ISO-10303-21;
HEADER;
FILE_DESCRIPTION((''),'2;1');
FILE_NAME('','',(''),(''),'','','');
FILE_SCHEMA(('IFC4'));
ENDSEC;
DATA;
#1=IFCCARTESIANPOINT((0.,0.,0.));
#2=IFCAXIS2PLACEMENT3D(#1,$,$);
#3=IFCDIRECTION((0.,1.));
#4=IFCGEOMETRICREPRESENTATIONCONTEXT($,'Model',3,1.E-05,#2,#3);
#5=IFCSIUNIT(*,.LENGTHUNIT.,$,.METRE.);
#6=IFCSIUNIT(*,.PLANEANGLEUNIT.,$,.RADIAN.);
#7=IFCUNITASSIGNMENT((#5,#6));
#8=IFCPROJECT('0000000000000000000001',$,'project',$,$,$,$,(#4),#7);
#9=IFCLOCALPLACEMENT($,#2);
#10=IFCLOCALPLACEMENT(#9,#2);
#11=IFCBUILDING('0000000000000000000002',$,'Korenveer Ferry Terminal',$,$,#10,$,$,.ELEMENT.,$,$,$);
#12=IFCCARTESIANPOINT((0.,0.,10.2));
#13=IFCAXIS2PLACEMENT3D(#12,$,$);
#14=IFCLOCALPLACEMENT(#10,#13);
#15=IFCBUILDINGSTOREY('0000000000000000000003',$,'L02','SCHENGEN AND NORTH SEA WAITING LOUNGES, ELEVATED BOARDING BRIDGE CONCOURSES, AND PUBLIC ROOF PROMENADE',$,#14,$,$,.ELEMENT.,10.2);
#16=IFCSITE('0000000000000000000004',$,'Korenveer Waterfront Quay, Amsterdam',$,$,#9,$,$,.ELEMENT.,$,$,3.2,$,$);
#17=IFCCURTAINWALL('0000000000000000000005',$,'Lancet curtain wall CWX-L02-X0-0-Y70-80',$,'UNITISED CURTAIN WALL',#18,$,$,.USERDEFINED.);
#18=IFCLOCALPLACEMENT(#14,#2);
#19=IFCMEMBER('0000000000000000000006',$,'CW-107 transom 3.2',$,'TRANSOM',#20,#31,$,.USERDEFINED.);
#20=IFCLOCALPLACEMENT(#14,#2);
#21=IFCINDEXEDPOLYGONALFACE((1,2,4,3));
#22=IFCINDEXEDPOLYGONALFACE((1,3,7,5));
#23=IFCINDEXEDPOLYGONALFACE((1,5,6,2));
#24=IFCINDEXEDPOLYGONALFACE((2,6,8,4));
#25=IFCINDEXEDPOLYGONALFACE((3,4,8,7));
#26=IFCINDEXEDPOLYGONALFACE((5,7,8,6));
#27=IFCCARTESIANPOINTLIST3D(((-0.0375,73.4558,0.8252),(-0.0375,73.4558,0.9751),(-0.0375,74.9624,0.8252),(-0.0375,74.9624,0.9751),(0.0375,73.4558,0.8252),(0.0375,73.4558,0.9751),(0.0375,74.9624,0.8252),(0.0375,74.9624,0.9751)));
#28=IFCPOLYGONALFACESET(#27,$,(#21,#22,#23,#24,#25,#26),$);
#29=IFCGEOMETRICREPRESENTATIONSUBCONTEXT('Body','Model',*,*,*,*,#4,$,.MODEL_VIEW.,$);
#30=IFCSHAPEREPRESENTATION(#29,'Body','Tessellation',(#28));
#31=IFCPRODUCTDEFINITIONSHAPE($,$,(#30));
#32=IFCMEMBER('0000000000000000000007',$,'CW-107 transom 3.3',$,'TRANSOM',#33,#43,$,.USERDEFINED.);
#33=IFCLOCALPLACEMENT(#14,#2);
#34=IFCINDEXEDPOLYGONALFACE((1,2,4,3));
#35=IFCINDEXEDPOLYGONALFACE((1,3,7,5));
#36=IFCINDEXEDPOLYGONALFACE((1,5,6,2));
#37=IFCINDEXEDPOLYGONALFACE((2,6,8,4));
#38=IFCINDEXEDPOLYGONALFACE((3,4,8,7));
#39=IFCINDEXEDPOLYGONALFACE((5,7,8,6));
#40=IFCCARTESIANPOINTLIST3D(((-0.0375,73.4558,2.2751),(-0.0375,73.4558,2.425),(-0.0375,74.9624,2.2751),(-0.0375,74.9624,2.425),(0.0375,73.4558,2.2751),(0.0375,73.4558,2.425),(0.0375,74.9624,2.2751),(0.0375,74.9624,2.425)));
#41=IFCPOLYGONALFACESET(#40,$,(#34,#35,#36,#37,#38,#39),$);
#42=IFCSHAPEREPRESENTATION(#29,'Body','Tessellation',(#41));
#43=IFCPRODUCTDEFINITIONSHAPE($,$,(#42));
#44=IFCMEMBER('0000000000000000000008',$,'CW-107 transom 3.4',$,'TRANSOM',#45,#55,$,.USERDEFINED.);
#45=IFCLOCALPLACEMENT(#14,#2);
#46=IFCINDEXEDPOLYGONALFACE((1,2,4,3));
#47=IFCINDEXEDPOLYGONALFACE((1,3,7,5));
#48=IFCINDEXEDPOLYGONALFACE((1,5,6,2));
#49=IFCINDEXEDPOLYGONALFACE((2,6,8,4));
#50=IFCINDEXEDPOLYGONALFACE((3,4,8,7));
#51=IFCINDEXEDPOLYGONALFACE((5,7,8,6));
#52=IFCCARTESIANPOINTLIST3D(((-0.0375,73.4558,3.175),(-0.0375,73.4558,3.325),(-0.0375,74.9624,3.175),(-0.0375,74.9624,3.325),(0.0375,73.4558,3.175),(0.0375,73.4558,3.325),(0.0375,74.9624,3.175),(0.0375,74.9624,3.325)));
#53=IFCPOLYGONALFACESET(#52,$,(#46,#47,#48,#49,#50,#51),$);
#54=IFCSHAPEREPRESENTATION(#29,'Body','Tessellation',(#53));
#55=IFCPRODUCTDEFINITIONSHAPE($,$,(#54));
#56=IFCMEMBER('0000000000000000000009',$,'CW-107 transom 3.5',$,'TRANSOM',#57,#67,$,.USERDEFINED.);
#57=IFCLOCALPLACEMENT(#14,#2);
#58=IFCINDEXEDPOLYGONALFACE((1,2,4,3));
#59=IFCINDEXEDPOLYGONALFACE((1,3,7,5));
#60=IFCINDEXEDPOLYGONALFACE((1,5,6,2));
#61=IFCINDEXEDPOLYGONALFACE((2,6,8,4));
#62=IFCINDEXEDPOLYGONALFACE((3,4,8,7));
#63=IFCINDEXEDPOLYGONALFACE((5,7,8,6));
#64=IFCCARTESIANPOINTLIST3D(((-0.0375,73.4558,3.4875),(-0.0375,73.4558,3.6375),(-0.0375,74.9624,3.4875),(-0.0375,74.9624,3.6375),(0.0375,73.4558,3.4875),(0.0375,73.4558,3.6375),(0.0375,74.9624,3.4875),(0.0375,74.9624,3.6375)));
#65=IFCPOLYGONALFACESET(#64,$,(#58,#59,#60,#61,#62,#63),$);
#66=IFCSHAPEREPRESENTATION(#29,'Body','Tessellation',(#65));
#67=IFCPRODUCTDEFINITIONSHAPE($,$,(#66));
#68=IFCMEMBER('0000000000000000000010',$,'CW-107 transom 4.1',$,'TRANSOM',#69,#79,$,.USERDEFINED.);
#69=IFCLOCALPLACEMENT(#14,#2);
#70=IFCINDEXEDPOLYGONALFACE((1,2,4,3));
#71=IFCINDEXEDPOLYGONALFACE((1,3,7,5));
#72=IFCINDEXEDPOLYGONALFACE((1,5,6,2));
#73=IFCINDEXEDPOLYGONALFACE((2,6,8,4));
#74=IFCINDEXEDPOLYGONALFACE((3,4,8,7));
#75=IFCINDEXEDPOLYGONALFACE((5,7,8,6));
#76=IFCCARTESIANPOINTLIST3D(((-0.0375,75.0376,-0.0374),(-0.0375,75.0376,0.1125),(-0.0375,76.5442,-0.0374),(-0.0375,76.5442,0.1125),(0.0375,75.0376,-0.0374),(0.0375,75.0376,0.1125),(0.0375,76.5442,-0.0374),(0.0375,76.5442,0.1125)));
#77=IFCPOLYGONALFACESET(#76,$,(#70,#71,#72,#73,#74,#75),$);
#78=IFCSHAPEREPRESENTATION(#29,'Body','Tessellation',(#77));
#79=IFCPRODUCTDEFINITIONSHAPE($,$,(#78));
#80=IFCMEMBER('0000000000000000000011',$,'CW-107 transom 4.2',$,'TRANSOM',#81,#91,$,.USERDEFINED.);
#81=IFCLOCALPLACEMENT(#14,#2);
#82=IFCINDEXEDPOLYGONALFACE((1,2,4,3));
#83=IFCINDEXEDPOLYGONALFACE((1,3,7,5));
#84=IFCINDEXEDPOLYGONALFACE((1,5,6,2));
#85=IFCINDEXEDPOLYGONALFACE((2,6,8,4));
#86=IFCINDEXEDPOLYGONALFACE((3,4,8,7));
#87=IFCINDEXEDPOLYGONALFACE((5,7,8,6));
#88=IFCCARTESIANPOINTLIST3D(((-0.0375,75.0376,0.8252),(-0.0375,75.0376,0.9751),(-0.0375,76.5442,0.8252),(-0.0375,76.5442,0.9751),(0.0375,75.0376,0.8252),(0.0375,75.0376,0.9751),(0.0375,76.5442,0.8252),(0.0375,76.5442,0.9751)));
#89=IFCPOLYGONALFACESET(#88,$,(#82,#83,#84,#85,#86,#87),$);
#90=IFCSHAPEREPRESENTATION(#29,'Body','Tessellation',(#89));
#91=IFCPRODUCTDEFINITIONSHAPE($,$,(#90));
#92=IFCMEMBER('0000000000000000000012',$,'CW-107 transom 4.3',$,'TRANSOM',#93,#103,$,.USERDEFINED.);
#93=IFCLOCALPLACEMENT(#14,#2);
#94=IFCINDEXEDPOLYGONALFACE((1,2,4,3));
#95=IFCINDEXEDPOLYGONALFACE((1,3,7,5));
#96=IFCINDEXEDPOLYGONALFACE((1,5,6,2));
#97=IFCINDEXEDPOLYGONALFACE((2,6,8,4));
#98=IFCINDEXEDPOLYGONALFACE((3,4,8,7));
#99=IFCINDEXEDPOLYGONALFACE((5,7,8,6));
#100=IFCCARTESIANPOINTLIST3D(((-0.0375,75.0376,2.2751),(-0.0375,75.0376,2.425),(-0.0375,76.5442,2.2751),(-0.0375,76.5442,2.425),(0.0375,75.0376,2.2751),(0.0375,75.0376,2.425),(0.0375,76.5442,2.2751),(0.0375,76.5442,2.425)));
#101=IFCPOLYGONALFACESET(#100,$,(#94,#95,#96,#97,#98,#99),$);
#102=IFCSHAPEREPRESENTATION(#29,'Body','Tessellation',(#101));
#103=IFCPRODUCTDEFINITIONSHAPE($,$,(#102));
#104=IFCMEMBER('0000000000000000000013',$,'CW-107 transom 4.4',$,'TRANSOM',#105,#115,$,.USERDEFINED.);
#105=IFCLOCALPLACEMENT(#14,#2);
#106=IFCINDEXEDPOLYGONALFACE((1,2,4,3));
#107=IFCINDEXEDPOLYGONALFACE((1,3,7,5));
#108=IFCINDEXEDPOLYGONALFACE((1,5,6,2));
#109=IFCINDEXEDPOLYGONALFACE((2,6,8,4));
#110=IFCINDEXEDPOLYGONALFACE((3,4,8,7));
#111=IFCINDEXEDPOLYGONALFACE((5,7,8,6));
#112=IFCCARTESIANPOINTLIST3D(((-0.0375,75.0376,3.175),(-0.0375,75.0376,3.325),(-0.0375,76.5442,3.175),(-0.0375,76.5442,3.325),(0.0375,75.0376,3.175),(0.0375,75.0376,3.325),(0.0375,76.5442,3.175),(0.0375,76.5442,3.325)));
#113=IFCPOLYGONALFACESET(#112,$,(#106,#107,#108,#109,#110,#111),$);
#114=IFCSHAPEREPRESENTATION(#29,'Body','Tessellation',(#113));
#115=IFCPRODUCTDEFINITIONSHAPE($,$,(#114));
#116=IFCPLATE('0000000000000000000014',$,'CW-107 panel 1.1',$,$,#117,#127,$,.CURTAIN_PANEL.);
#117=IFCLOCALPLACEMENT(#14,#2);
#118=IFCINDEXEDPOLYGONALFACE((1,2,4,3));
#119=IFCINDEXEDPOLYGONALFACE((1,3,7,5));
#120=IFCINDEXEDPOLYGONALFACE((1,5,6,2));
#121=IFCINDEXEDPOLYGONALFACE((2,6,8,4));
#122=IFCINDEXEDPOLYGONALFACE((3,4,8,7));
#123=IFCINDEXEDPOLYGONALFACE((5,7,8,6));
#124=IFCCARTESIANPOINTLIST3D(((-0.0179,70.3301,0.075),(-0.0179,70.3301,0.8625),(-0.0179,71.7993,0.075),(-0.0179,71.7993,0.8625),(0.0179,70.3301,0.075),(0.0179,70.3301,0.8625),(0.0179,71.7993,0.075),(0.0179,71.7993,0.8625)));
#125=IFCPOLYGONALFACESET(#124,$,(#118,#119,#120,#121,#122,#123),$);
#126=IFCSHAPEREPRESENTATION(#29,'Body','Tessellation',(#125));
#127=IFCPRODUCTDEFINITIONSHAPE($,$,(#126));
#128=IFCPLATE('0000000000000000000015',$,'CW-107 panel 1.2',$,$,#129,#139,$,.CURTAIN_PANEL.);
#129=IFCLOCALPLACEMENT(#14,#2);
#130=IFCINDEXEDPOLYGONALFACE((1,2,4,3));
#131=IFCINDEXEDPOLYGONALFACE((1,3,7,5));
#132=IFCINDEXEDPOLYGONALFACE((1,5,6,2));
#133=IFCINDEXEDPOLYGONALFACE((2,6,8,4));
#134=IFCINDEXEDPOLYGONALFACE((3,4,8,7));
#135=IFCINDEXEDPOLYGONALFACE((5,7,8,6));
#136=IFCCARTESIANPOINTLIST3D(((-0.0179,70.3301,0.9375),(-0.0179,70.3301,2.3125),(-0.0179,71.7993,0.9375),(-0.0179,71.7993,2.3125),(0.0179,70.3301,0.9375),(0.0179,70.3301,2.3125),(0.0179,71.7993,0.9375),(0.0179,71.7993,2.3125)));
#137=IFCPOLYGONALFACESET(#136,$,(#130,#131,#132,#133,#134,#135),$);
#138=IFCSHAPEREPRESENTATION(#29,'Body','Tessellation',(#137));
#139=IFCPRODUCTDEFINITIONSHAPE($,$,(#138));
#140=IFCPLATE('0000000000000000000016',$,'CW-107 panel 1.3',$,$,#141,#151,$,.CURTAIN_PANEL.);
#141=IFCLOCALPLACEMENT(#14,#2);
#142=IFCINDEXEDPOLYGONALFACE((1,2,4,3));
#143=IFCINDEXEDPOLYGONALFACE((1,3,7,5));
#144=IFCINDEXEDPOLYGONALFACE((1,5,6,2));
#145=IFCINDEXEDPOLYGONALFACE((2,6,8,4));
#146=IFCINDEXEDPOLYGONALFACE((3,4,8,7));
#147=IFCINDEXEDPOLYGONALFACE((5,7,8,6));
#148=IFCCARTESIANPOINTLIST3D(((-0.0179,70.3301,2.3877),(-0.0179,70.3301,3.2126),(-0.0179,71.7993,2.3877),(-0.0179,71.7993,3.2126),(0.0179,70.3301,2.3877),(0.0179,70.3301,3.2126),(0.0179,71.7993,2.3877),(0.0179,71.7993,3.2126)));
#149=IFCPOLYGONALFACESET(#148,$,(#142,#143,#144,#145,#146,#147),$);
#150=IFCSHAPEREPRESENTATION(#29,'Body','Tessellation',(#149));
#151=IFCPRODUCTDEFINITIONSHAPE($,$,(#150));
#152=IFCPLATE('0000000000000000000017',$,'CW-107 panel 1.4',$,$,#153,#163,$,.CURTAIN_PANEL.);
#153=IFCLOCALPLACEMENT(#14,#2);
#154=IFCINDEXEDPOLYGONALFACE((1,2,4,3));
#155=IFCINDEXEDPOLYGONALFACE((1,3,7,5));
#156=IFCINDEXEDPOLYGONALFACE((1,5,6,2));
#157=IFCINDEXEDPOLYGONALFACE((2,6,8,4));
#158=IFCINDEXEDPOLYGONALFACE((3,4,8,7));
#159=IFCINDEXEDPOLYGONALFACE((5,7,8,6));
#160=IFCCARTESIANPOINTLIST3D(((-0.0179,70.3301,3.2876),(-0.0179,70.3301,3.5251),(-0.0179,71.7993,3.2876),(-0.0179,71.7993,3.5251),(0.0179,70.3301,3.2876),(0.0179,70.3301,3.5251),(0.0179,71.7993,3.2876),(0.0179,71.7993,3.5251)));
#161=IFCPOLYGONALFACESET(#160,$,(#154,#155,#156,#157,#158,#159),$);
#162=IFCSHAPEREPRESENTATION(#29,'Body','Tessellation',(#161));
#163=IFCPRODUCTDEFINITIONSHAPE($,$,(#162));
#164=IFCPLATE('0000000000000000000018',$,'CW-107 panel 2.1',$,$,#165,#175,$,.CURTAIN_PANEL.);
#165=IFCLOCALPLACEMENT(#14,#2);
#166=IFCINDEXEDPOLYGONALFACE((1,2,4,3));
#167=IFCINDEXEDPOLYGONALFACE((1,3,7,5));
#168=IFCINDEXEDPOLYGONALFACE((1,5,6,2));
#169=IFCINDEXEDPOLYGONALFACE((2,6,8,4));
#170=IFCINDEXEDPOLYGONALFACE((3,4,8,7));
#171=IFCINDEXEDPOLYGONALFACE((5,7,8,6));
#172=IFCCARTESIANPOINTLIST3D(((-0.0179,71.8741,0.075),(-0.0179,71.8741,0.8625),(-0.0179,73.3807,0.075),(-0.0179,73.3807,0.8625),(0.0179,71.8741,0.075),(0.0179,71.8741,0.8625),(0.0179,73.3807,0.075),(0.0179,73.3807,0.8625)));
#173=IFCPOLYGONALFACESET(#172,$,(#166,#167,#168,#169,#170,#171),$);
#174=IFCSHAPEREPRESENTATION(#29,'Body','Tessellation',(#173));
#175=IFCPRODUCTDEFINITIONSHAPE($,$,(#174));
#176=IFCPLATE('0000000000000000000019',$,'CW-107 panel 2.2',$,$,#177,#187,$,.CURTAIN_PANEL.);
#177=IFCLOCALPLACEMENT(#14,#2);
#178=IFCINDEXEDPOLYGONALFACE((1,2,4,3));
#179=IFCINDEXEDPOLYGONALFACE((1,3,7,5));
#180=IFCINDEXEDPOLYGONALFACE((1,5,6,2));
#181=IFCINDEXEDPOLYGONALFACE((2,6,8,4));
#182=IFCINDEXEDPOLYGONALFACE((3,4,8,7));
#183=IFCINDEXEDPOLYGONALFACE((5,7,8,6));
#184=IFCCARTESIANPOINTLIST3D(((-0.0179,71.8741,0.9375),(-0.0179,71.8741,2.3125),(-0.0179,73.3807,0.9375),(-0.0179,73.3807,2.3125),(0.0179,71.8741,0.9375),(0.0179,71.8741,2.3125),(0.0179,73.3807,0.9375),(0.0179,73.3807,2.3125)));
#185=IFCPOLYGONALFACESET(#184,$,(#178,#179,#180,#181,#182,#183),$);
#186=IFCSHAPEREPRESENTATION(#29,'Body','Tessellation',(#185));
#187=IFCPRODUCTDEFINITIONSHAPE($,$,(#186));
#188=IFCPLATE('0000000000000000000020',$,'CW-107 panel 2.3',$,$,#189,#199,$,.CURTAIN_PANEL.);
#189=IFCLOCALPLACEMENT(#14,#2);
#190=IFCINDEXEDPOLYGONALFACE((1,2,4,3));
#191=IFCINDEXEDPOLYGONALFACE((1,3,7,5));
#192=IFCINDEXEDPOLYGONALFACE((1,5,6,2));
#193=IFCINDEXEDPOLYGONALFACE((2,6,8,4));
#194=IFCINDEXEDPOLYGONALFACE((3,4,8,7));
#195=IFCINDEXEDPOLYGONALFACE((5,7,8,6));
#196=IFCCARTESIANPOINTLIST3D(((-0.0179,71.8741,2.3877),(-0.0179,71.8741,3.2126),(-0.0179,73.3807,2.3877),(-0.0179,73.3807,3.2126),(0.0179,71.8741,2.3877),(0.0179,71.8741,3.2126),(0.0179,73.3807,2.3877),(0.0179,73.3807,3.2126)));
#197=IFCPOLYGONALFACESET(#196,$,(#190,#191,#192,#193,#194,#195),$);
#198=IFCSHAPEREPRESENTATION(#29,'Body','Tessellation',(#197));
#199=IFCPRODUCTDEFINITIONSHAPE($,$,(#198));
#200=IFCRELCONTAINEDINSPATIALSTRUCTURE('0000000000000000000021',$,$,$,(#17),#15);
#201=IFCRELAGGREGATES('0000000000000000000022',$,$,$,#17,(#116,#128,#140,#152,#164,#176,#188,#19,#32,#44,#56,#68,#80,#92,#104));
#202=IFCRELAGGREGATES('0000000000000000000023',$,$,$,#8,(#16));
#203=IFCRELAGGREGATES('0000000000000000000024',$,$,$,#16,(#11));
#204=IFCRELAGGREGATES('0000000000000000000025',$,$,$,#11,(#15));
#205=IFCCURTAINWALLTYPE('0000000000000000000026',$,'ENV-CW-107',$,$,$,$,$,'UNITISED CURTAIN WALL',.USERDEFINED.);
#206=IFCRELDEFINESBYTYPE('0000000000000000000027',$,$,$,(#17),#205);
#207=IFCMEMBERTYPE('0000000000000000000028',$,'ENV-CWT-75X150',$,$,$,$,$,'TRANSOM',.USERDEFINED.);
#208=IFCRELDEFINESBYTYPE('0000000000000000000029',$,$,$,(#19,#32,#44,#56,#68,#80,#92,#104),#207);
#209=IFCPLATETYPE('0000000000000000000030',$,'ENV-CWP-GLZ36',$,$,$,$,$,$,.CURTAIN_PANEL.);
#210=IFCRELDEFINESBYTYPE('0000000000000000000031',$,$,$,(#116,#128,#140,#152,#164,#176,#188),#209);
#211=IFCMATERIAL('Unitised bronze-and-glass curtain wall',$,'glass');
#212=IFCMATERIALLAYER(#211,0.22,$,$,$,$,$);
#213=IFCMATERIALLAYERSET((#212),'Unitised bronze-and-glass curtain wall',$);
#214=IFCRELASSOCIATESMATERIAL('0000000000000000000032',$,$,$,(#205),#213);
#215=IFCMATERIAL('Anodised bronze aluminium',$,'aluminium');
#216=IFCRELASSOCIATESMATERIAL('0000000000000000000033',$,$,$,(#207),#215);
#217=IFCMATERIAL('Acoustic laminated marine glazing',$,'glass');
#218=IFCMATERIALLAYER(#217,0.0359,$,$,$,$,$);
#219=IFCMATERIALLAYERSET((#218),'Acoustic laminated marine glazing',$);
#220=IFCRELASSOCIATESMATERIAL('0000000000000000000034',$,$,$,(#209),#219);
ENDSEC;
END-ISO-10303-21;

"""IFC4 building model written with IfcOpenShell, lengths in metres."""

from ifc_helpers import new_model, si_unit, direction, frame, origin, origin_2d, place, context, subcontext, project, spatial, rectangle, extrude, material, layer, layer_set, material_profile, profile_set, type_object, element, aggregate, save


model = new_model("IFC4")

# Units and contexts
model_context = context("Model", 3, precision=1e-05, world=origin(), true_north=direction((0.0, 1.0)))
body_context = subcontext(model_context, "Body", "Model", "MODEL_VIEW")
ifc_project = project(units=[si_unit("LENGTHUNIT", "METRE"), si_unit("PLANEANGLEUNIT", "RADIAN")], contexts=[model_context])

# Site, building, storey
site_placement = place(None, origin())
site = spatial("IfcSite", under=ifc_project, at=site_placement, Name="Korenveer Waterfront Quay, Amsterdam", CompositionType="ELEMENT", RefElevation=3.2)
building_placement = place(site_placement, origin())
building = spatial("IfcBuilding", under=site, at=building_placement, Name="Korenveer Ferry Terminal", CompositionType="ELEMENT")
storey_placement = place(building_placement, frame((0.0, 0.0, 10.2)))
storey = spatial("IfcBuildingStorey", under=building, at=storey_placement, Name="L02", Description="SCHENGEN AND NORTH SEA WAITING LOUNGES, ELEVATED BOARDING BRIDGE CONCOURSES, AND PUBLIC ROOF PROMENADE", CompositionType="ELEMENT", Elevation=10.2)

# Curtain wall, members, plates
ifc_material_1 = material(Name="Unitised bronze-and-glass curtain wall", Category="glass")
ifc_layer_1 = layer(ifc_material_1, 0.22)
ifc_layer_set_1 = layer_set([ifc_layer_1], Name="Unitised bronze-and-glass curtain wall")
curtain_wall_type = type_object("IfcCurtainWallType", Name="ENV-CW-107", ElementType="UNITISED CURTAIN WALL", PredefinedType="USERDEFINED", material=ifc_layer_set_1)
curtain_wall_placement = place(storey_placement, frame((0.0, 70.2549, 0.0)))
curtain_wall = element("IfcCurtainWall", 1, at=curtain_wall_placement, inside=storey, type_object=curtain_wall_type, Name="Lancet curtain wall CWX-L02-X0-0-Y70-80", ObjectType="UNITISED CURTAIN WALL", PredefinedType="USERDEFINED")
ifc_material_2 = material(Name="Anodised bronze aluminium", Category="aluminium")
ifc_material_profile_1 = material_profile(ifc_material_2, rectangle(XDim=0.075, YDim=0.1499, at=origin_2d()), Name="ALU 75x150")
ifc_profile_set_1 = profile_set([ifc_material_profile_1], Name="Anodised bronze aluminium")
member_type_1 = type_object("IfcMemberType", Name="ENV-CWT-75X150", ElementType="TRANSOM", PredefinedType="USERDEFINED", material=ifc_profile_set_1)
member_1_placement = place(storey_placement, frame((0.0, 73.4558, 0.9001), z_axis=(0.0, 1.0, 0.0), x_axis=(-1.0, 0.0, 0.0)))
member_1 = element("IfcMember", 2, at=member_1_placement, type_object=member_type_1, Name="CW-107 transom 3.2", ObjectType="TRANSOM", PredefinedType="USERDEFINED", context=body_context, shape_type="SweptSolid", body=[
    extrude(rectangle(XDim=0.075, YDim=0.1499, at=origin_2d()), origin(), (0.0, 0.0, 1.0), 1.5066),
])
member_2_placement = place(storey_placement, frame((0.0, 73.4558, 2.3501), z_axis=(0.0, 1.0, 0.0), x_axis=(-1.0, 0.0, 0.0)))
member_2 = element("IfcMember", 3, at=member_2_placement, type_object=member_type_1, Name="CW-107 transom 3.3", ObjectType="TRANSOM", PredefinedType="USERDEFINED", context=body_context, shape_type="SweptSolid", body=[
    extrude(rectangle(XDim=0.075, YDim=0.1499, at=origin_2d()), origin(), (0.0, 0.0, 1.0), 1.5066),
])
member_3_placement = place(storey_placement, frame((0.0, 73.4558, 3.25), z_axis=(0.0, 1.0, 0.0), x_axis=(-1.0, 0.0, 0.0)))
member_3 = element("IfcMember", 4, at=member_3_placement, type_object=member_type_1, Name="CW-107 transom 3.4", ObjectType="TRANSOM", PredefinedType="USERDEFINED", context=body_context, shape_type="SweptSolid", body=[
    extrude(rectangle(XDim=0.075, YDim=0.1499, at=origin_2d()), origin(), (0.0, 0.0, 1.0), 1.5066),
])
member_4_placement = place(storey_placement, frame((0.0, 73.4558, 3.5625), z_axis=(0.0, 1.0, 0.0), x_axis=(-1.0, 0.0, 0.0)))
member_4 = element("IfcMember", 5, at=member_4_placement, type_object=member_type_1, Name="CW-107 transom 3.5", ObjectType="TRANSOM", PredefinedType="USERDEFINED", context=body_context, shape_type="SweptSolid", body=[
    extrude(rectangle(XDim=0.075, YDim=0.1499, at=origin_2d()), origin(), (0.0, 0.0, 1.0), 1.5066),
])
member_5_placement = place(storey_placement, frame((0.0, 75.0376, 0.0376), z_axis=(0.0, 1.0, 0.0), x_axis=(-1.0, 0.0, 0.0)))
member_5 = element("IfcMember", 6, at=member_5_placement, type_object=member_type_1, Name="CW-107 transom 4.1", ObjectType="TRANSOM", PredefinedType="USERDEFINED", context=body_context, shape_type="SweptSolid", body=[
    extrude(rectangle(XDim=0.075, YDim=0.1499, at=origin_2d()), origin(), (0.0, 0.0, 1.0), 1.5066),
])
member_6_placement = place(storey_placement, frame((0.0, 75.0376, 0.9001), z_axis=(0.0, 1.0, 0.0), x_axis=(-1.0, 0.0, 0.0)))
member_6 = element("IfcMember", 7, at=member_6_placement, type_object=member_type_1, Name="CW-107 transom 4.2", ObjectType="TRANSOM", PredefinedType="USERDEFINED", context=body_context, shape_type="SweptSolid", body=[
    extrude(rectangle(XDim=0.075, YDim=0.1499, at=origin_2d()), origin(), (0.0, 0.0, 1.0), 1.5066),
])
member_7_placement = place(storey_placement, frame((0.0, 75.0376, 2.3501), z_axis=(0.0, 1.0, 0.0), x_axis=(-1.0, 0.0, 0.0)))
member_7 = element("IfcMember", 8, at=member_7_placement, type_object=member_type_1, Name="CW-107 transom 4.3", ObjectType="TRANSOM", PredefinedType="USERDEFINED", context=body_context, shape_type="SweptSolid", body=[
    extrude(rectangle(XDim=0.075, YDim=0.1499, at=origin_2d()), origin(), (0.0, 0.0, 1.0), 1.5066),
])
member_8_placement = place(storey_placement, frame((0.0, 75.0376, 3.25), z_axis=(0.0, 1.0, 0.0), x_axis=(-1.0, 0.0, 0.0)))
member_8 = element("IfcMember", 9, at=member_8_placement, type_object=member_type_1, Name="CW-107 transom 4.4", ObjectType="TRANSOM", PredefinedType="USERDEFINED", context=body_context, shape_type="SweptSolid", body=[
    extrude(rectangle(XDim=0.075, YDim=0.1499, at=origin_2d()), origin(), (0.0, 0.0, 1.0), 1.5066),
])
ifc_material_3 = material(Name="Acoustic laminated marine glazing", Category="glass")
ifc_layer_2 = layer(ifc_material_3, 0.0359)
ifc_layer_set_2 = layer_set([ifc_layer_2], Name="Acoustic laminated marine glazing")
plate_type = type_object("IfcPlateType", Name="ENV-CWP-GLZ36", PredefinedType="CURTAIN_PANEL", material=ifc_layer_set_2)
plate_1_placement = place(storey_placement, frame((0.0, 71.0647, 0.075), z_axis=(0.0, 0.0, 1.0), x_axis=(0.0, 1.0, 0.0)))
plate_1 = element("IfcPlate", 10, at=plate_1_placement, type_object=plate_type, Name="CW-107 panel 1.1", PredefinedType="CURTAIN_PANEL", context=body_context, shape_type="SweptSolid", body=[
    extrude(rectangle(XDim=1.4692, YDim=0.0359, at=origin_2d()), origin(), (0.0, 0.0, 1.0), 0.7876),
])
plate_2_placement = place(storey_placement, frame((0.0, 71.0647, 0.9375), z_axis=(0.0, 0.0, 1.0), x_axis=(0.0, 1.0, 0.0)))
plate_2 = element("IfcPlate", 11, at=plate_2_placement, type_object=plate_type, Name="CW-107 panel 1.2", PredefinedType="CURTAIN_PANEL", context=body_context, shape_type="SweptSolid", body=[
    extrude(rectangle(XDim=1.4692, YDim=0.0359, at=origin_2d()), origin(), (0.0, 0.0, 1.0), 1.375),
])
plate_3_placement = place(storey_placement, frame((0.0, 71.0647, 2.3877), z_axis=(0.0, 0.0, 1.0), x_axis=(0.0, 1.0, 0.0)))
plate_3 = element("IfcPlate", 12, at=plate_3_placement, type_object=plate_type, Name="CW-107 panel 1.3", PredefinedType="CURTAIN_PANEL", context=body_context, shape_type="SweptSolid", body=[
    extrude(rectangle(XDim=1.4692, YDim=0.0359, at=origin_2d()), origin(), (0.0, 0.0, 1.0), 0.825),
])
plate_4_placement = place(storey_placement, frame((0.0, 71.0647, 3.2876), z_axis=(0.0, 0.0, 1.0), x_axis=(0.0, 1.0, 0.0)))
plate_4 = element("IfcPlate", 13, at=plate_4_placement, type_object=plate_type, Name="CW-107 panel 1.4", PredefinedType="CURTAIN_PANEL", context=body_context, shape_type="SweptSolid", body=[
    extrude(rectangle(XDim=1.4692, YDim=0.0359, at=origin_2d()), origin(), (0.0, 0.0, 1.0), 0.2375),
])
plate_5_placement = place(storey_placement, frame((0.0, 72.6274, 0.075), z_axis=(0.0, 0.0, 1.0), x_axis=(0.0, 1.0, 0.0)))
plate_5 = element("IfcPlate", 14, at=plate_5_placement, type_object=plate_type, Name="CW-107 panel 2.1", PredefinedType="CURTAIN_PANEL", context=body_context, shape_type="SweptSolid", body=[
    extrude(rectangle(XDim=1.5066, YDim=0.0359, at=origin_2d()), origin(), (0.0, 0.0, 1.0), 0.7876),
])
plate_6_placement = place(storey_placement, frame((0.0, 72.6274, 0.9375), z_axis=(0.0, 0.0, 1.0), x_axis=(0.0, 1.0, 0.0)))
plate_6 = element("IfcPlate", 15, at=plate_6_placement, type_object=plate_type, Name="CW-107 panel 2.2", PredefinedType="CURTAIN_PANEL", context=body_context, shape_type="SweptSolid", body=[
    extrude(rectangle(XDim=1.5066, YDim=0.0359, at=origin_2d()), origin(), (0.0, 0.0, 1.0), 1.375),
])
plate_7_placement = place(storey_placement, frame((0.0, 72.6274, 2.3877), z_axis=(0.0, 0.0, 1.0), x_axis=(0.0, 1.0, 0.0)))
plate_7 = element("IfcPlate", 16, at=plate_7_placement, type_object=plate_type, Name="CW-107 panel 2.3", PredefinedType="CURTAIN_PANEL", context=body_context, shape_type="SweptSolid", body=[
    extrude(rectangle(XDim=1.5066, YDim=0.0359, at=origin_2d()), origin(), (0.0, 0.0, 1.0), 0.825),
])
aggregate(curtain_wall, [plate_1, plate_2, plate_3, plate_4, plate_5, plate_6, plate_7, member_1, member_2, member_3, member_4, member_5, member_6, member_7, member_8])

save(model, "model.ifc")
